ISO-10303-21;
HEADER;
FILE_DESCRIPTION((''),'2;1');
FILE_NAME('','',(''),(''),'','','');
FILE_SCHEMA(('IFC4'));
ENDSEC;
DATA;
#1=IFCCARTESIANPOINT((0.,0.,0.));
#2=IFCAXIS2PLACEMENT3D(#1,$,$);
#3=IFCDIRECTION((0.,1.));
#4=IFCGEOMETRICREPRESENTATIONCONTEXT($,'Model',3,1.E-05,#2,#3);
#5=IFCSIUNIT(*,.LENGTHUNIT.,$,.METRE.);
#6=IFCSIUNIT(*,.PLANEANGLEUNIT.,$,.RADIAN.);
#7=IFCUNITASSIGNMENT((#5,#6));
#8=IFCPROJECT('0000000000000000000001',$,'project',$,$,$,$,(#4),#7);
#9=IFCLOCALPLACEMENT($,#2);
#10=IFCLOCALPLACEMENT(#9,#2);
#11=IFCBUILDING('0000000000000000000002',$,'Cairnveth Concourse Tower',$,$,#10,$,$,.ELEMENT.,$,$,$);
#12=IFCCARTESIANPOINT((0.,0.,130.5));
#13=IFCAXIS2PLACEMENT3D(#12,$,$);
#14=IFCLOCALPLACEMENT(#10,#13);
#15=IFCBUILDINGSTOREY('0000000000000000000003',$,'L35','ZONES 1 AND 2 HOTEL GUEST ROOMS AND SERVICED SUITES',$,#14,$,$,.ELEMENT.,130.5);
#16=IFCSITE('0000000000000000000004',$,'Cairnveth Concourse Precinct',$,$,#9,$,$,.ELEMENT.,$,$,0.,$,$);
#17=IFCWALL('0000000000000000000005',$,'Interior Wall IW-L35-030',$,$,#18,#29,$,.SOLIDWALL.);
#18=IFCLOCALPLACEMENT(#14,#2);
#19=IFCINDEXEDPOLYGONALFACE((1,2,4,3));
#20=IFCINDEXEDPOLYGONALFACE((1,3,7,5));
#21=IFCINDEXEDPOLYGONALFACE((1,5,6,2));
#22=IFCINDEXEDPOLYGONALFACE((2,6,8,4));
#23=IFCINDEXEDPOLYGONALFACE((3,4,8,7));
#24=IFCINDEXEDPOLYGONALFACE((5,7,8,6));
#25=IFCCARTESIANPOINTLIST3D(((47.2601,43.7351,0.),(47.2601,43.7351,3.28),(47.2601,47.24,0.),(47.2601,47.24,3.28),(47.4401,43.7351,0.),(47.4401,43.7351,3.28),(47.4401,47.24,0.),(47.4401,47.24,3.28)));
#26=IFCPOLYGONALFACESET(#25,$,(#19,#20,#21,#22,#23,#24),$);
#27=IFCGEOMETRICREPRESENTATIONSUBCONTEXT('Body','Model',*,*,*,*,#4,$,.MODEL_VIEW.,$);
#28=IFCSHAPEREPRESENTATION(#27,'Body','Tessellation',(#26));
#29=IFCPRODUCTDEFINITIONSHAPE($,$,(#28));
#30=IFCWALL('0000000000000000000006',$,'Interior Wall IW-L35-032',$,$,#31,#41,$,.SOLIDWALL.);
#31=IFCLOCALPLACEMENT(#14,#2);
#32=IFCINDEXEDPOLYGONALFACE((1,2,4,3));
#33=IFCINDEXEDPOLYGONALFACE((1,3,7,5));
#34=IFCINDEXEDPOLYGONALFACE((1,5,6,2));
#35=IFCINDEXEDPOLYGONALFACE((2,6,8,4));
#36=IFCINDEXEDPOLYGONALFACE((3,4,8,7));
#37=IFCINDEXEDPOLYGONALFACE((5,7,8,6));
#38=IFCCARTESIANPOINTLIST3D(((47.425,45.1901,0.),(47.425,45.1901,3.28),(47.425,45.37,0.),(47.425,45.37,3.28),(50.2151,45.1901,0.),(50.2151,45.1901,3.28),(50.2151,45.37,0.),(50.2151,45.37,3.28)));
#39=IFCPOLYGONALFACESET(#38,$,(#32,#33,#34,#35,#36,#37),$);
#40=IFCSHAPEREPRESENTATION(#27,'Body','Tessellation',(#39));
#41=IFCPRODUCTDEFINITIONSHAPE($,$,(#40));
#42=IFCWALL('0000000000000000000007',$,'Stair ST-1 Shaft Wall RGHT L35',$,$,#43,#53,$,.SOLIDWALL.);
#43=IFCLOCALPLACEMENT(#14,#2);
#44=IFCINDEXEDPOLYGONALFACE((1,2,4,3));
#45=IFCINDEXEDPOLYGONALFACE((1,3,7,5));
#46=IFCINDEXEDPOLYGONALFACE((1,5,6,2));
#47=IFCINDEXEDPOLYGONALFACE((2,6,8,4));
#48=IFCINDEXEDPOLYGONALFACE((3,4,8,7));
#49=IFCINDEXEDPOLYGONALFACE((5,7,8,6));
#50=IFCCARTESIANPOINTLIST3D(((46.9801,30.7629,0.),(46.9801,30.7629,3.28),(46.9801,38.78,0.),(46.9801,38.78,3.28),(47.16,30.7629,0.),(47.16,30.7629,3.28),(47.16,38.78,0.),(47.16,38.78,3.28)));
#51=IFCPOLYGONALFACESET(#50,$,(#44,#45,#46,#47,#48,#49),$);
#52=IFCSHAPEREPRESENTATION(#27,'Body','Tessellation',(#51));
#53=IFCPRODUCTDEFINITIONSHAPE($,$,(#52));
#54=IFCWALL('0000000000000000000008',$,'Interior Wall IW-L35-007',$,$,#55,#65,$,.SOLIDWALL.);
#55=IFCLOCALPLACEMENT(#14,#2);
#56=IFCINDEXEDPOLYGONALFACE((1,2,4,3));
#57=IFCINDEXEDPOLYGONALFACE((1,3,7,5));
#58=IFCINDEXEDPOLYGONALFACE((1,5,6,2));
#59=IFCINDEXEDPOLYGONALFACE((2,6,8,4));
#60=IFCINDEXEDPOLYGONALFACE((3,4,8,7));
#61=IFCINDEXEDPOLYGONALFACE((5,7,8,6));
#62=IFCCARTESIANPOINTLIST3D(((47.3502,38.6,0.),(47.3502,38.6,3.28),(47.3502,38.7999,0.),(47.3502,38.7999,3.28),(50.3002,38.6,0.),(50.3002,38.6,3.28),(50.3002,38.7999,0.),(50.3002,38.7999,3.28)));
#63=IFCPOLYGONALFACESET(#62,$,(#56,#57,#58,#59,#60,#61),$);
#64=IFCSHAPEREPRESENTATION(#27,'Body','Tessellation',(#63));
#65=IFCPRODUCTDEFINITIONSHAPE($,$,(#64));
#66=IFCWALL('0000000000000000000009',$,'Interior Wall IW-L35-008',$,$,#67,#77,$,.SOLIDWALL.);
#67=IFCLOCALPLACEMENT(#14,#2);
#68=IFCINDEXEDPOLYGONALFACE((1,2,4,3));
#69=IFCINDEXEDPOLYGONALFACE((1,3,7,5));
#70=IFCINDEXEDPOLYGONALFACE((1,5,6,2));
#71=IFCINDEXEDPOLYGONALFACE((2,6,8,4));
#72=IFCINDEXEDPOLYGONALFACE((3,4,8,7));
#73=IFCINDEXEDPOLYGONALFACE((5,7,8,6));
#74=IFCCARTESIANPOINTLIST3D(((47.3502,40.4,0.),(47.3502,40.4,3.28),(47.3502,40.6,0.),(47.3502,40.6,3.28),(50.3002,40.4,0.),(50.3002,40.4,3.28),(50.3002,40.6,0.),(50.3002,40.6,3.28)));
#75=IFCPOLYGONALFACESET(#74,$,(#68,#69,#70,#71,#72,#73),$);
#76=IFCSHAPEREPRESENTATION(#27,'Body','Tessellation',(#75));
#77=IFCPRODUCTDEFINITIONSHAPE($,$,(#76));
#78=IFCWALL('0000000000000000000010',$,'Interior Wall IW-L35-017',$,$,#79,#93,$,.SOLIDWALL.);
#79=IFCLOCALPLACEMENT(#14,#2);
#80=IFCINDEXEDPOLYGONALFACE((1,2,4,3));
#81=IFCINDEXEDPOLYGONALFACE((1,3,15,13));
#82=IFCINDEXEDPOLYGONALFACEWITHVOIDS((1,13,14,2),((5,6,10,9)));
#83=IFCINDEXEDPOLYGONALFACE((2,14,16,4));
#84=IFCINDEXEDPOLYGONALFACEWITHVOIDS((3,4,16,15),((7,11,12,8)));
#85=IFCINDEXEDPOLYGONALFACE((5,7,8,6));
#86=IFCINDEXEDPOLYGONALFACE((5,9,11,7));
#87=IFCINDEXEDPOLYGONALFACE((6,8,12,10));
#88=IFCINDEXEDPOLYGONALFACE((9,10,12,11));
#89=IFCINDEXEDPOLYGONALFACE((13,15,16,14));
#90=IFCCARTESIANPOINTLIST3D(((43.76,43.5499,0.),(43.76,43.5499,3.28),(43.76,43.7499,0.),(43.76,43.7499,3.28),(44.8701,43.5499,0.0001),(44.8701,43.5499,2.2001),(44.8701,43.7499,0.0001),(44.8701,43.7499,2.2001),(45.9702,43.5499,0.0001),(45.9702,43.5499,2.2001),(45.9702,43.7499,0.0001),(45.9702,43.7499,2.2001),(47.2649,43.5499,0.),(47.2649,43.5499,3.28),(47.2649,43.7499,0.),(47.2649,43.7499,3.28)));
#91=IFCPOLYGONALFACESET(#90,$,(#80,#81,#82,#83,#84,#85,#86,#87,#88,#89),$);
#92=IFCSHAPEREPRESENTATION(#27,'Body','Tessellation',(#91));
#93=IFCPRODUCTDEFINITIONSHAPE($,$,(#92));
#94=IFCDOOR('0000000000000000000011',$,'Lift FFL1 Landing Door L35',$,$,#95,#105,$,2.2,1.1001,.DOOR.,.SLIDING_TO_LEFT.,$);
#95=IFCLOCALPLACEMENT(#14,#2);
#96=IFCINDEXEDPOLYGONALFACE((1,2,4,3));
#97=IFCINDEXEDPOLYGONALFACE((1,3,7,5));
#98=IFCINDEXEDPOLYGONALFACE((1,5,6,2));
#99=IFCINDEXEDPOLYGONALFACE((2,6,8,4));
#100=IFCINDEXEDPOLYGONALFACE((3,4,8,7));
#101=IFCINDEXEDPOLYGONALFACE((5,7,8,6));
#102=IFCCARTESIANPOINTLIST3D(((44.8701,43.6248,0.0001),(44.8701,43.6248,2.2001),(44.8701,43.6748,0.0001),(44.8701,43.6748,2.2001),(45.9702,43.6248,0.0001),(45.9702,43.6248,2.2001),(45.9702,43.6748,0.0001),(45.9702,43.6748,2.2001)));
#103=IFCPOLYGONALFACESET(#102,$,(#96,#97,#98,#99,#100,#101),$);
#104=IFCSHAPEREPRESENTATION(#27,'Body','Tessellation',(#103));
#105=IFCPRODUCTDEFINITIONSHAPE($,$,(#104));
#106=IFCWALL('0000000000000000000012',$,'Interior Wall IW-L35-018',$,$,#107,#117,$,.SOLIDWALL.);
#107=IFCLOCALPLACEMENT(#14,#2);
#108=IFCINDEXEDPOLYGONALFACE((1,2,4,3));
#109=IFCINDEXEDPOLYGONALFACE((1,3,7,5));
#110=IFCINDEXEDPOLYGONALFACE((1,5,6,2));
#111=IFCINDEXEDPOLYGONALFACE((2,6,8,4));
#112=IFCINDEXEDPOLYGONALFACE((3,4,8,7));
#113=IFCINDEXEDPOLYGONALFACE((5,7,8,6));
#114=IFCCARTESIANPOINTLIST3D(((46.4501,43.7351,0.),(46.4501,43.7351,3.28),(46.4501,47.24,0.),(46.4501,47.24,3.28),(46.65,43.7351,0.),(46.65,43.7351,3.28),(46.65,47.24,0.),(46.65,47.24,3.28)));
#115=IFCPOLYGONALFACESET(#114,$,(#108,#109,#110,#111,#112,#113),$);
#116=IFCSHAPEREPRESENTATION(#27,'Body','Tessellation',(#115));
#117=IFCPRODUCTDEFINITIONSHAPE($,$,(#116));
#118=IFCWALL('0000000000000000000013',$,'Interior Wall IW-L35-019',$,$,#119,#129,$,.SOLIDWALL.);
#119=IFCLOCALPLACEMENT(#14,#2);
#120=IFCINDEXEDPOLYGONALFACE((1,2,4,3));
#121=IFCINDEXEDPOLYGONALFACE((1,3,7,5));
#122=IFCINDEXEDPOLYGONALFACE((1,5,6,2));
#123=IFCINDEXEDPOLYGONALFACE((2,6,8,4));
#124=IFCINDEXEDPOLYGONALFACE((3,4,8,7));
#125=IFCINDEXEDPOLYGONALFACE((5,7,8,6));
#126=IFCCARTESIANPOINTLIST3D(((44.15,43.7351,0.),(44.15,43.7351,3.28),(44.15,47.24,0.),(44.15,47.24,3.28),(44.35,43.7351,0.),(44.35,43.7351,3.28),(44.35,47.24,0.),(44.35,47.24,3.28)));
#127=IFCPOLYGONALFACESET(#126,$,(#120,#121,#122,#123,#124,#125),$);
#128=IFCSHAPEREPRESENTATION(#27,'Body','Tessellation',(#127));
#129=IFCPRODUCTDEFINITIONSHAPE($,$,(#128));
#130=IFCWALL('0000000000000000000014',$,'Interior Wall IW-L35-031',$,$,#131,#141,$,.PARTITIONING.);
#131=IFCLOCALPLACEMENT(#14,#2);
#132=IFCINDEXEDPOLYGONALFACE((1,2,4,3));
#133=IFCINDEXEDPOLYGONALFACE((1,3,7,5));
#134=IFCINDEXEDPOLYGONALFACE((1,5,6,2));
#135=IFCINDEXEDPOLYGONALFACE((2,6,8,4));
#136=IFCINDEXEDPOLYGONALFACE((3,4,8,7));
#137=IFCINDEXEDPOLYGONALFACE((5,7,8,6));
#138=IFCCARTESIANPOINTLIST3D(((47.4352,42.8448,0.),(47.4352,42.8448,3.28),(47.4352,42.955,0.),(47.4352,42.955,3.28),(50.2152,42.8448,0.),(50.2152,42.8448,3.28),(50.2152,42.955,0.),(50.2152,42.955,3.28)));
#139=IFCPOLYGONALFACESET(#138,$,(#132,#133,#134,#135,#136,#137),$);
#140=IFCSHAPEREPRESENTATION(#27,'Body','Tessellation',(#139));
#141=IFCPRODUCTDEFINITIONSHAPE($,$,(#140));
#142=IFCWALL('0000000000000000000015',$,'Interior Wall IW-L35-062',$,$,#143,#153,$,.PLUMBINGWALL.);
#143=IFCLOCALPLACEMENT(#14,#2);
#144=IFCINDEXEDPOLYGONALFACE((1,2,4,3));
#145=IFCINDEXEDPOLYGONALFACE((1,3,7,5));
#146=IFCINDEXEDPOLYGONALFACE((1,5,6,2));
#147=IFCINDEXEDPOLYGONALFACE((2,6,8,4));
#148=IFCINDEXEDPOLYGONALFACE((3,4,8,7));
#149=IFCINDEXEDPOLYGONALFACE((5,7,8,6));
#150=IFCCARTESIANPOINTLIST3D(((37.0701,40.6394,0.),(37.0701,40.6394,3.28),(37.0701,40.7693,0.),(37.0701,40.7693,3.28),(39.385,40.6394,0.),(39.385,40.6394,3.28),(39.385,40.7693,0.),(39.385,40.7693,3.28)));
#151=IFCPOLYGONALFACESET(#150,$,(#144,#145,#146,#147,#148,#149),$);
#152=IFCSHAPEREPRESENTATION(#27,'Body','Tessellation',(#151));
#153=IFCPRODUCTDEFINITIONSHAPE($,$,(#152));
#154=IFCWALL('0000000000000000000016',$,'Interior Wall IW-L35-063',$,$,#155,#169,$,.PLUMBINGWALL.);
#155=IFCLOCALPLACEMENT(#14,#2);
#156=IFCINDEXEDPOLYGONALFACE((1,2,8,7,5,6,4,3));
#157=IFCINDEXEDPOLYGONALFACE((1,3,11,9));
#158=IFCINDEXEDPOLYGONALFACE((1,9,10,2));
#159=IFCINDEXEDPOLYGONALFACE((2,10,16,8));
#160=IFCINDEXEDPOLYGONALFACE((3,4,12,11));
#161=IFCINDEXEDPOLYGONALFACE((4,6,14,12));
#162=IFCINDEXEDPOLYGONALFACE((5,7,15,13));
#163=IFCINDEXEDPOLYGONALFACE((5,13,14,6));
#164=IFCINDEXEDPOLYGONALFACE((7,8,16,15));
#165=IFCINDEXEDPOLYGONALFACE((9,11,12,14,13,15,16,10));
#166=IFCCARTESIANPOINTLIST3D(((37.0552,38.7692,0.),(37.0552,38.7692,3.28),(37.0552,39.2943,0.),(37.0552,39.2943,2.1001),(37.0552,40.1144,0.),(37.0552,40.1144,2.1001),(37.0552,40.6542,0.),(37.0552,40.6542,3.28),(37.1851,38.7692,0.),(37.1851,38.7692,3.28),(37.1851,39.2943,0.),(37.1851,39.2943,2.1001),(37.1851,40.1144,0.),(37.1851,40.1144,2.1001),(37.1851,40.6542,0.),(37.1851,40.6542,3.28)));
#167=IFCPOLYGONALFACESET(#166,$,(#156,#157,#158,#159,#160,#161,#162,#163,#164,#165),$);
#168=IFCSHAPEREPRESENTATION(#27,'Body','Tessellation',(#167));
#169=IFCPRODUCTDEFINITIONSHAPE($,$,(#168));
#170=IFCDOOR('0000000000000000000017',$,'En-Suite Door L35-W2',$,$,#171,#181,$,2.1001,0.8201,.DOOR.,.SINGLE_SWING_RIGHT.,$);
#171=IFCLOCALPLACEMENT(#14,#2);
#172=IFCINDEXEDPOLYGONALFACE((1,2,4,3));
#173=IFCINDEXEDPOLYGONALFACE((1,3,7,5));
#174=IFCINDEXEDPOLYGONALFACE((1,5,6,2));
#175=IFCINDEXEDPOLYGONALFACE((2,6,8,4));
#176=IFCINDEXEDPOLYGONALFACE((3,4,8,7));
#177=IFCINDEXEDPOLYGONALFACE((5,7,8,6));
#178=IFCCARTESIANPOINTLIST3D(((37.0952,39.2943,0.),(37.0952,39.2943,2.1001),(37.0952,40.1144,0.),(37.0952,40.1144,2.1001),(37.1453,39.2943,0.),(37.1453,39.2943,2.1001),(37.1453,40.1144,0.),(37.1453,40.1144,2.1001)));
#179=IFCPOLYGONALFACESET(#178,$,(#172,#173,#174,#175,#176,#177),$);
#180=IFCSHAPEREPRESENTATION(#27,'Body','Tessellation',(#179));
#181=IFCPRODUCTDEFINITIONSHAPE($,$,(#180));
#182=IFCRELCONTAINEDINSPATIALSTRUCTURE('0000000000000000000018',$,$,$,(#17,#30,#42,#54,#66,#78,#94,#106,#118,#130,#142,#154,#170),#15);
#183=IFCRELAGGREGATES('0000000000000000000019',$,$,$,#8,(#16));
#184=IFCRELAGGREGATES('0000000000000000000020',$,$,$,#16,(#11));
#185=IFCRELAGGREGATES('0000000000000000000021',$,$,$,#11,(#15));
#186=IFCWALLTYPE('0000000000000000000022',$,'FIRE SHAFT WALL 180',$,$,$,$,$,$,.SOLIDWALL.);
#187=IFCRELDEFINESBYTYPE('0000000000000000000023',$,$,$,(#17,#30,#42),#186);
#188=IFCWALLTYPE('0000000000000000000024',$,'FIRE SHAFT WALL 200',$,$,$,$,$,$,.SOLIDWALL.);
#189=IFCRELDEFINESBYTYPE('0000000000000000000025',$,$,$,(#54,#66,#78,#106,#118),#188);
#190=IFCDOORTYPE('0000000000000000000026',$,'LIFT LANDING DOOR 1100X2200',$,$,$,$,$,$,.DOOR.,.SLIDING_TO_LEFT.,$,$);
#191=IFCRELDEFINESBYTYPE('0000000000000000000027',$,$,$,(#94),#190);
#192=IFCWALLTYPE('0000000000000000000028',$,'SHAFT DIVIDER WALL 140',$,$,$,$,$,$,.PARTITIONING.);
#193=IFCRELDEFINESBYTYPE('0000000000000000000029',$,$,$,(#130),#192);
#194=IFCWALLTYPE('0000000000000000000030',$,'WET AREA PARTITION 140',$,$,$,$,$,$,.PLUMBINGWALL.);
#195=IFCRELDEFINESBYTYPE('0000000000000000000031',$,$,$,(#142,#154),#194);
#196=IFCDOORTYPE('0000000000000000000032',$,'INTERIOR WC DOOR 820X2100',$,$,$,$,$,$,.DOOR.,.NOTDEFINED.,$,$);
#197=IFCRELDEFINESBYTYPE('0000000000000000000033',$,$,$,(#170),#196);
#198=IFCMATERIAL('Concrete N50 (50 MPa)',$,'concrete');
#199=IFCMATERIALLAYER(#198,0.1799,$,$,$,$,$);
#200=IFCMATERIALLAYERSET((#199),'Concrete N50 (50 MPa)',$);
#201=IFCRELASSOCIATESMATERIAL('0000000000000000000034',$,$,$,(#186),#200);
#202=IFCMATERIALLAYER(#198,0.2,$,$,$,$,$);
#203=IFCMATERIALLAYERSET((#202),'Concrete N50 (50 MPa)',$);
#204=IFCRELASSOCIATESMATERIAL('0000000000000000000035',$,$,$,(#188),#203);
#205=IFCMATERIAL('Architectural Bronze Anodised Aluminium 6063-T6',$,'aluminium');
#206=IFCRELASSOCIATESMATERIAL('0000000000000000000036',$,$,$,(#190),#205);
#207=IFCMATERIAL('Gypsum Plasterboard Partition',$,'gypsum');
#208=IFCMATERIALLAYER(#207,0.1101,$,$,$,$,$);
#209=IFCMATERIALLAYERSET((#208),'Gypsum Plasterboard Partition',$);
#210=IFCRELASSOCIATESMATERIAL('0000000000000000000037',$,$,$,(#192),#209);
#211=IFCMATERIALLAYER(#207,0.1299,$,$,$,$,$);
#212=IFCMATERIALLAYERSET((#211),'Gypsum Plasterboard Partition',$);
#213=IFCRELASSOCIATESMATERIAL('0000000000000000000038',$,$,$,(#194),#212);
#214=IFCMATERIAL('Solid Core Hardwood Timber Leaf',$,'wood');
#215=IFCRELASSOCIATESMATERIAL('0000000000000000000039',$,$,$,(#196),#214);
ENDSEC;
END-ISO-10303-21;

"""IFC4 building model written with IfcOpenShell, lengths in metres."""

from ifc_helpers import new_model, si_unit, direction, frame, frame_2d, origin, place, context, subcontext, project, spatial, rectangle, extrude, material, layer, layer_set, type_object, element, fill, save


model = new_model("IFC4")

# Units and contexts
model_context = context("Model", 3, precision=1e-05, world=origin(), true_north=direction((0.0, 1.0)))
body_context = subcontext(model_context, "Body", "Model", "MODEL_VIEW")
ifc_project = project(units=[si_unit("LENGTHUNIT", "METRE"), si_unit("PLANEANGLEUNIT", "RADIAN")], contexts=[model_context])

# Site, building, storey
site_placement = place(None, origin())
site = spatial("IfcSite", under=ifc_project, at=site_placement, Name="Cairnveth Concourse Precinct", CompositionType="ELEMENT", RefElevation=0.0)
building_placement = place(site_placement, origin())
building = spatial("IfcBuilding", under=site, at=building_placement, Name="Cairnveth Concourse Tower", CompositionType="ELEMENT")
storey_placement = place(building_placement, frame((0.0, 0.0, 130.5)))
storey = spatial("IfcBuildingStorey", under=building, at=storey_placement, Name="L35", Description="ZONES 1 AND 2 HOTEL GUEST ROOMS AND SERVICED SUITES", CompositionType="ELEMENT", Elevation=130.5)

# Walls
ifc_material_1 = material(Name="Gypsum Plasterboard Partition", Category="gypsum")
ifc_material_2 = material(Name="Concrete N50 (50 MPa)", Category="concrete")
ifc_layer_1 = layer(ifc_material_2, 0.1799)
ifc_layer_set_1 = layer_set([ifc_layer_1], Name="Concrete N50 (50 MPa)")
wall_type_1 = type_object("IfcWallType", Name="FIRE SHAFT WALL 180", PredefinedType="SOLIDWALL", material=ifc_layer_set_1)
wall_1_placement = place(storey_placement, frame((47.3501, 43.7351, 0.0), z_axis=(0.0, 0.0, 1.0), x_axis=(0.0, 1.0, 0.0)))
element("IfcWall", 1, at=wall_1_placement, inside=storey, type_object=wall_type_1, Name="Interior Wall IW-L35-030", PredefinedType="SOLIDWALL", context=body_context, shape_type="SweptSolid", body=[
    extrude(rectangle(XDim=3.5049, YDim=0.1799, at=frame_2d((1.7524, 0.0))), origin(), (0.0, 0.0, 1.0), 3.28),
])
wall_2_placement = place(storey_placement, frame((47.425, 45.28, 0.0), z_axis=(0.0, 0.0, 1.0), x_axis=(1.0, 0.0, 0.0)))
element("IfcWall", 2, at=wall_2_placement, inside=storey, type_object=wall_type_1, Name="Interior Wall IW-L35-032", PredefinedType="SOLIDWALL", context=body_context, shape_type="SweptSolid", body=[
    extrude(rectangle(XDim=2.79, YDim=0.1799, at=frame_2d((1.395, 0.0))), origin(), (0.0, 0.0, 1.0), 3.28),
])

# Walls
wall_3_placement = place(storey_placement, frame((47.0701, 38.78, 0.0), z_axis=(0.0, 0.0, 1.0), x_axis=(0.0, -1.0, 0.0)))
element("IfcWall", 3, at=wall_3_placement, inside=storey, type_object=wall_type_1, Name="Stair ST-1 Shaft Wall RGHT L35", PredefinedType="SOLIDWALL", context=body_context, shape_type="SweptSolid", body=[
    extrude(rectangle(XDim=8.0171, YDim=0.1799, at=frame_2d((4.0085, 0.0))), origin(), (0.0, 0.0, 1.0), 3.28),
])
ifc_layer_2 = layer(ifc_material_2, 0.2)
ifc_layer_set_2 = layer_set([ifc_layer_2], Name="Concrete N50 (50 MPa)")
wall_type_2 = type_object("IfcWallType", Name="FIRE SHAFT WALL 200", PredefinedType="SOLIDWALL", material=ifc_layer_set_2)
for number, where, z_axis, x_axis, name in (
    (4, (47.3501, 38.7, 0.0), (0.0, 0.0, 1.0), (1.0, 0.0, 0.0), "Interior Wall IW-L35-007"),
    (5, (47.3501, 40.5, 0.0), (0.0, 0.0, 1.0), (1.0, 0.0, 0.0), "Interior Wall IW-L35-008"),
):
    element("IfcWall", number, at=place(storey_placement, frame(where, z_axis=z_axis, x_axis=x_axis)), inside=storey, type_object=wall_type_2, Name=name, PredefinedType="SOLIDWALL", context=body_context, shape_type="SweptSolid", body=[
        extrude(rectangle(XDim=2.95, YDim=0.2, at=frame_2d((1.4751, 0.0))), origin(), (0.0, 0.0, 1.0), 3.28),
    ])

# Wall, opening, door
wall_4_placement = place(storey_placement, frame((43.76, 43.6499, 0.0), z_axis=(0.0, 0.0, 1.0), x_axis=(1.0, 0.0, 0.0)))
wall_4 = element("IfcWall", 6, at=wall_4_placement, inside=storey, type_object=wall_type_2, Name="Interior Wall IW-L35-017", PredefinedType="SOLIDWALL", context=body_context, shape_type="SweptSolid", body=[
    extrude(rectangle(XDim=3.5049, YDim=0.2, at=frame_2d((1.7524, 0.0))), origin(), (0.0, 0.0, 1.0), 3.28),
])
opening_1_placement = place(wall_4_placement, frame((1.1101, 0.0, 0.0)))
opening_1 = element("IfcOpeningElement", 7, at=opening_1_placement, cuts=wall_4, PredefinedType="OPENING", context=body_context, shape_type="SweptSolid", body=[
    extrude(rectangle(XDim=1.1001, YDim=2.2, at=frame_2d((0.55, 1.1001))), frame((0.0, 0.1099, 0.0), z_axis=(0.0, -1.0, 0.0), x_axis=(1.0, 0.0, 0.0)), (0.0, 0.0, 1.0), 0.22),
])
ifc_material_3 = material(Name="Architectural Bronze Anodised Aluminium 6063-T6", Category="aluminium")
door_type_1 = type_object("IfcDoorType", Name="LIFT LANDING DOOR 1100X2200", OperationType="SLIDING_TO_LEFT", PredefinedType="DOOR", material=ifc_material_3)
door_1_placement = place(opening_1_placement, origin())
door_1 = element("IfcDoor", 8, at=door_1_placement, inside=storey, type_object=door_type_1, Name="Lift FFL1 Landing Door L35", OperationType="SLIDING_TO_LEFT", OverallHeight=2.2, OverallWidth=1.1001, PredefinedType="DOOR", context=body_context, shape_type="SweptSolid", body=[
    extrude(rectangle(XDim=1.1001, YDim=2.2, at=frame_2d((0.55, 1.1001))), frame((0.0, 0.0249, 0.0), z_axis=(0.0, -1.0, 0.0), x_axis=(1.0, 0.0, 0.0)), (0.0, 0.0, 1.0), 0.05),
])
fill(opening_1, door_1)

# Walls
for number, where, z_axis, x_axis, name in (
    (9, (46.55, 43.7351, 0.0), (0.0, 0.0, 1.0), (0.0, 1.0, 0.0), "Interior Wall IW-L35-018"),
    (10, (44.25, 43.7351, 0.0), (0.0, 0.0, 1.0), (0.0, 1.0, 0.0), "Interior Wall IW-L35-019"),
):
    element("IfcWall", number, at=place(storey_placement, frame(where, z_axis=z_axis, x_axis=x_axis)), inside=storey, type_object=wall_type_2, Name=name, PredefinedType="SOLIDWALL", context=body_context, shape_type="SweptSolid", body=[
        extrude(rectangle(XDim=3.5049, YDim=0.2, at=frame_2d((1.7524, 0.0))), origin(), (0.0, 0.0, 1.0), 3.28),
    ])
ifc_layer_3 = layer(ifc_material_1, 0.1101)
ifc_layer_set_3 = layer_set([ifc_layer_3], Name="Gypsum Plasterboard Partition")
wall_type_3 = type_object("IfcWallType", Name="SHAFT DIVIDER WALL 140", PredefinedType="PARTITIONING", material=ifc_layer_set_3)
wall_5_placement = place(storey_placement, frame((47.4351, 42.8999, 0.0), z_axis=(0.0, 0.0, 1.0), x_axis=(1.0, 0.0, 0.0)))
element("IfcWall", 11, at=wall_5_placement, inside=storey, type_object=wall_type_3, Name="Interior Wall IW-L35-031", PredefinedType="PARTITIONING", context=body_context, shape_type="SweptSolid", body=[
    extrude(rectangle(XDim=2.78, YDim=0.1101, at=frame_2d((1.3901, 0.0))), origin(), (0.0, 0.0, 1.0), 3.28),
])
ifc_layer_4 = layer(ifc_material_1, 0.1299)
ifc_layer_set_4 = layer_set([ifc_layer_4], Name="Gypsum Plasterboard Partition")
wall_type_4 = type_object("IfcWallType", Name="WET AREA PARTITION 140", PredefinedType="PLUMBINGWALL", material=ifc_layer_set_4)
wall_6_placement = place(storey_placement, frame((37.0701, 40.7043, 0.0), z_axis=(0.0, 0.0, 1.0), x_axis=(1.0, 0.0, 0.0)))
element("IfcWall", 12, at=wall_6_placement, inside=storey, type_object=wall_type_4, Name="Interior Wall IW-L35-062", PredefinedType="PLUMBINGWALL", context=body_context, shape_type="SweptSolid", body=[
    extrude(rectangle(XDim=2.3149, YDim=0.1299, at=frame_2d((1.1575, 0.0))), origin(), (0.0, 0.0, 1.0), 3.28),
])

# Wall, opening, door
wall_7_placement = place(storey_placement, frame((37.1201, 38.7693, 0.0), z_axis=(0.0, 0.0, 1.0), x_axis=(0.0, 1.0, 0.0)))
wall_7 = element("IfcWall", 13, at=wall_7_placement, inside=storey, type_object=wall_type_4, Name="Interior Wall IW-L35-063", PredefinedType="PLUMBINGWALL", context=body_context, shape_type="SweptSolid", body=[
    extrude(rectangle(XDim=1.885, YDim=0.1299, at=frame_2d((0.9424, 0.0))), origin(), (0.0, 0.0, 1.0), 3.28),
])
opening_2_placement = place(wall_7_placement, frame((0.5249, 0.0, 0.0)))
opening_2 = element("IfcOpeningElement", 14, at=opening_2_placement, cuts=wall_7, PredefinedType="OPENING", context=body_context, shape_type="SweptSolid", body=[
    extrude(rectangle(XDim=0.8201, YDim=2.1001, at=frame_2d((0.4102, 1.05))), frame((0.0, 0.075, 0.0), z_axis=(0.0, -1.0, 0.0), x_axis=(1.0, 0.0, 0.0)), (0.0, 0.0, 1.0), 0.1499),
])
ifc_material_4 = material(Name="Solid Core Hardwood Timber Leaf", Category="wood")
door_type_2 = type_object("IfcDoorType", Name="INTERIOR WC DOOR 820X2100", OperationType="NOTDEFINED", PredefinedType="DOOR", material=ifc_material_4)
door_2_placement = place(opening_2_placement, origin())
door_2 = element("IfcDoor", 15, at=door_2_placement, inside=storey, type_object=door_type_2, Name="En-Suite Door L35-W2", OperationType="SINGLE_SWING_RIGHT", OverallHeight=2.1001, OverallWidth=0.8201, PredefinedType="DOOR", context=body_context, shape_type="SweptSolid", body=[
    extrude(rectangle(XDim=0.8201, YDim=2.1001, at=frame_2d((0.4102, 1.05))), frame((0.0, 0.0249, 0.0), z_axis=(0.0, -1.0, 0.0), x_axis=(1.0, 0.0, 0.0)), (0.0, 0.0, 1.0), 0.05),
])
fill(opening_2, door_2)

save(model, "model.ifc")
